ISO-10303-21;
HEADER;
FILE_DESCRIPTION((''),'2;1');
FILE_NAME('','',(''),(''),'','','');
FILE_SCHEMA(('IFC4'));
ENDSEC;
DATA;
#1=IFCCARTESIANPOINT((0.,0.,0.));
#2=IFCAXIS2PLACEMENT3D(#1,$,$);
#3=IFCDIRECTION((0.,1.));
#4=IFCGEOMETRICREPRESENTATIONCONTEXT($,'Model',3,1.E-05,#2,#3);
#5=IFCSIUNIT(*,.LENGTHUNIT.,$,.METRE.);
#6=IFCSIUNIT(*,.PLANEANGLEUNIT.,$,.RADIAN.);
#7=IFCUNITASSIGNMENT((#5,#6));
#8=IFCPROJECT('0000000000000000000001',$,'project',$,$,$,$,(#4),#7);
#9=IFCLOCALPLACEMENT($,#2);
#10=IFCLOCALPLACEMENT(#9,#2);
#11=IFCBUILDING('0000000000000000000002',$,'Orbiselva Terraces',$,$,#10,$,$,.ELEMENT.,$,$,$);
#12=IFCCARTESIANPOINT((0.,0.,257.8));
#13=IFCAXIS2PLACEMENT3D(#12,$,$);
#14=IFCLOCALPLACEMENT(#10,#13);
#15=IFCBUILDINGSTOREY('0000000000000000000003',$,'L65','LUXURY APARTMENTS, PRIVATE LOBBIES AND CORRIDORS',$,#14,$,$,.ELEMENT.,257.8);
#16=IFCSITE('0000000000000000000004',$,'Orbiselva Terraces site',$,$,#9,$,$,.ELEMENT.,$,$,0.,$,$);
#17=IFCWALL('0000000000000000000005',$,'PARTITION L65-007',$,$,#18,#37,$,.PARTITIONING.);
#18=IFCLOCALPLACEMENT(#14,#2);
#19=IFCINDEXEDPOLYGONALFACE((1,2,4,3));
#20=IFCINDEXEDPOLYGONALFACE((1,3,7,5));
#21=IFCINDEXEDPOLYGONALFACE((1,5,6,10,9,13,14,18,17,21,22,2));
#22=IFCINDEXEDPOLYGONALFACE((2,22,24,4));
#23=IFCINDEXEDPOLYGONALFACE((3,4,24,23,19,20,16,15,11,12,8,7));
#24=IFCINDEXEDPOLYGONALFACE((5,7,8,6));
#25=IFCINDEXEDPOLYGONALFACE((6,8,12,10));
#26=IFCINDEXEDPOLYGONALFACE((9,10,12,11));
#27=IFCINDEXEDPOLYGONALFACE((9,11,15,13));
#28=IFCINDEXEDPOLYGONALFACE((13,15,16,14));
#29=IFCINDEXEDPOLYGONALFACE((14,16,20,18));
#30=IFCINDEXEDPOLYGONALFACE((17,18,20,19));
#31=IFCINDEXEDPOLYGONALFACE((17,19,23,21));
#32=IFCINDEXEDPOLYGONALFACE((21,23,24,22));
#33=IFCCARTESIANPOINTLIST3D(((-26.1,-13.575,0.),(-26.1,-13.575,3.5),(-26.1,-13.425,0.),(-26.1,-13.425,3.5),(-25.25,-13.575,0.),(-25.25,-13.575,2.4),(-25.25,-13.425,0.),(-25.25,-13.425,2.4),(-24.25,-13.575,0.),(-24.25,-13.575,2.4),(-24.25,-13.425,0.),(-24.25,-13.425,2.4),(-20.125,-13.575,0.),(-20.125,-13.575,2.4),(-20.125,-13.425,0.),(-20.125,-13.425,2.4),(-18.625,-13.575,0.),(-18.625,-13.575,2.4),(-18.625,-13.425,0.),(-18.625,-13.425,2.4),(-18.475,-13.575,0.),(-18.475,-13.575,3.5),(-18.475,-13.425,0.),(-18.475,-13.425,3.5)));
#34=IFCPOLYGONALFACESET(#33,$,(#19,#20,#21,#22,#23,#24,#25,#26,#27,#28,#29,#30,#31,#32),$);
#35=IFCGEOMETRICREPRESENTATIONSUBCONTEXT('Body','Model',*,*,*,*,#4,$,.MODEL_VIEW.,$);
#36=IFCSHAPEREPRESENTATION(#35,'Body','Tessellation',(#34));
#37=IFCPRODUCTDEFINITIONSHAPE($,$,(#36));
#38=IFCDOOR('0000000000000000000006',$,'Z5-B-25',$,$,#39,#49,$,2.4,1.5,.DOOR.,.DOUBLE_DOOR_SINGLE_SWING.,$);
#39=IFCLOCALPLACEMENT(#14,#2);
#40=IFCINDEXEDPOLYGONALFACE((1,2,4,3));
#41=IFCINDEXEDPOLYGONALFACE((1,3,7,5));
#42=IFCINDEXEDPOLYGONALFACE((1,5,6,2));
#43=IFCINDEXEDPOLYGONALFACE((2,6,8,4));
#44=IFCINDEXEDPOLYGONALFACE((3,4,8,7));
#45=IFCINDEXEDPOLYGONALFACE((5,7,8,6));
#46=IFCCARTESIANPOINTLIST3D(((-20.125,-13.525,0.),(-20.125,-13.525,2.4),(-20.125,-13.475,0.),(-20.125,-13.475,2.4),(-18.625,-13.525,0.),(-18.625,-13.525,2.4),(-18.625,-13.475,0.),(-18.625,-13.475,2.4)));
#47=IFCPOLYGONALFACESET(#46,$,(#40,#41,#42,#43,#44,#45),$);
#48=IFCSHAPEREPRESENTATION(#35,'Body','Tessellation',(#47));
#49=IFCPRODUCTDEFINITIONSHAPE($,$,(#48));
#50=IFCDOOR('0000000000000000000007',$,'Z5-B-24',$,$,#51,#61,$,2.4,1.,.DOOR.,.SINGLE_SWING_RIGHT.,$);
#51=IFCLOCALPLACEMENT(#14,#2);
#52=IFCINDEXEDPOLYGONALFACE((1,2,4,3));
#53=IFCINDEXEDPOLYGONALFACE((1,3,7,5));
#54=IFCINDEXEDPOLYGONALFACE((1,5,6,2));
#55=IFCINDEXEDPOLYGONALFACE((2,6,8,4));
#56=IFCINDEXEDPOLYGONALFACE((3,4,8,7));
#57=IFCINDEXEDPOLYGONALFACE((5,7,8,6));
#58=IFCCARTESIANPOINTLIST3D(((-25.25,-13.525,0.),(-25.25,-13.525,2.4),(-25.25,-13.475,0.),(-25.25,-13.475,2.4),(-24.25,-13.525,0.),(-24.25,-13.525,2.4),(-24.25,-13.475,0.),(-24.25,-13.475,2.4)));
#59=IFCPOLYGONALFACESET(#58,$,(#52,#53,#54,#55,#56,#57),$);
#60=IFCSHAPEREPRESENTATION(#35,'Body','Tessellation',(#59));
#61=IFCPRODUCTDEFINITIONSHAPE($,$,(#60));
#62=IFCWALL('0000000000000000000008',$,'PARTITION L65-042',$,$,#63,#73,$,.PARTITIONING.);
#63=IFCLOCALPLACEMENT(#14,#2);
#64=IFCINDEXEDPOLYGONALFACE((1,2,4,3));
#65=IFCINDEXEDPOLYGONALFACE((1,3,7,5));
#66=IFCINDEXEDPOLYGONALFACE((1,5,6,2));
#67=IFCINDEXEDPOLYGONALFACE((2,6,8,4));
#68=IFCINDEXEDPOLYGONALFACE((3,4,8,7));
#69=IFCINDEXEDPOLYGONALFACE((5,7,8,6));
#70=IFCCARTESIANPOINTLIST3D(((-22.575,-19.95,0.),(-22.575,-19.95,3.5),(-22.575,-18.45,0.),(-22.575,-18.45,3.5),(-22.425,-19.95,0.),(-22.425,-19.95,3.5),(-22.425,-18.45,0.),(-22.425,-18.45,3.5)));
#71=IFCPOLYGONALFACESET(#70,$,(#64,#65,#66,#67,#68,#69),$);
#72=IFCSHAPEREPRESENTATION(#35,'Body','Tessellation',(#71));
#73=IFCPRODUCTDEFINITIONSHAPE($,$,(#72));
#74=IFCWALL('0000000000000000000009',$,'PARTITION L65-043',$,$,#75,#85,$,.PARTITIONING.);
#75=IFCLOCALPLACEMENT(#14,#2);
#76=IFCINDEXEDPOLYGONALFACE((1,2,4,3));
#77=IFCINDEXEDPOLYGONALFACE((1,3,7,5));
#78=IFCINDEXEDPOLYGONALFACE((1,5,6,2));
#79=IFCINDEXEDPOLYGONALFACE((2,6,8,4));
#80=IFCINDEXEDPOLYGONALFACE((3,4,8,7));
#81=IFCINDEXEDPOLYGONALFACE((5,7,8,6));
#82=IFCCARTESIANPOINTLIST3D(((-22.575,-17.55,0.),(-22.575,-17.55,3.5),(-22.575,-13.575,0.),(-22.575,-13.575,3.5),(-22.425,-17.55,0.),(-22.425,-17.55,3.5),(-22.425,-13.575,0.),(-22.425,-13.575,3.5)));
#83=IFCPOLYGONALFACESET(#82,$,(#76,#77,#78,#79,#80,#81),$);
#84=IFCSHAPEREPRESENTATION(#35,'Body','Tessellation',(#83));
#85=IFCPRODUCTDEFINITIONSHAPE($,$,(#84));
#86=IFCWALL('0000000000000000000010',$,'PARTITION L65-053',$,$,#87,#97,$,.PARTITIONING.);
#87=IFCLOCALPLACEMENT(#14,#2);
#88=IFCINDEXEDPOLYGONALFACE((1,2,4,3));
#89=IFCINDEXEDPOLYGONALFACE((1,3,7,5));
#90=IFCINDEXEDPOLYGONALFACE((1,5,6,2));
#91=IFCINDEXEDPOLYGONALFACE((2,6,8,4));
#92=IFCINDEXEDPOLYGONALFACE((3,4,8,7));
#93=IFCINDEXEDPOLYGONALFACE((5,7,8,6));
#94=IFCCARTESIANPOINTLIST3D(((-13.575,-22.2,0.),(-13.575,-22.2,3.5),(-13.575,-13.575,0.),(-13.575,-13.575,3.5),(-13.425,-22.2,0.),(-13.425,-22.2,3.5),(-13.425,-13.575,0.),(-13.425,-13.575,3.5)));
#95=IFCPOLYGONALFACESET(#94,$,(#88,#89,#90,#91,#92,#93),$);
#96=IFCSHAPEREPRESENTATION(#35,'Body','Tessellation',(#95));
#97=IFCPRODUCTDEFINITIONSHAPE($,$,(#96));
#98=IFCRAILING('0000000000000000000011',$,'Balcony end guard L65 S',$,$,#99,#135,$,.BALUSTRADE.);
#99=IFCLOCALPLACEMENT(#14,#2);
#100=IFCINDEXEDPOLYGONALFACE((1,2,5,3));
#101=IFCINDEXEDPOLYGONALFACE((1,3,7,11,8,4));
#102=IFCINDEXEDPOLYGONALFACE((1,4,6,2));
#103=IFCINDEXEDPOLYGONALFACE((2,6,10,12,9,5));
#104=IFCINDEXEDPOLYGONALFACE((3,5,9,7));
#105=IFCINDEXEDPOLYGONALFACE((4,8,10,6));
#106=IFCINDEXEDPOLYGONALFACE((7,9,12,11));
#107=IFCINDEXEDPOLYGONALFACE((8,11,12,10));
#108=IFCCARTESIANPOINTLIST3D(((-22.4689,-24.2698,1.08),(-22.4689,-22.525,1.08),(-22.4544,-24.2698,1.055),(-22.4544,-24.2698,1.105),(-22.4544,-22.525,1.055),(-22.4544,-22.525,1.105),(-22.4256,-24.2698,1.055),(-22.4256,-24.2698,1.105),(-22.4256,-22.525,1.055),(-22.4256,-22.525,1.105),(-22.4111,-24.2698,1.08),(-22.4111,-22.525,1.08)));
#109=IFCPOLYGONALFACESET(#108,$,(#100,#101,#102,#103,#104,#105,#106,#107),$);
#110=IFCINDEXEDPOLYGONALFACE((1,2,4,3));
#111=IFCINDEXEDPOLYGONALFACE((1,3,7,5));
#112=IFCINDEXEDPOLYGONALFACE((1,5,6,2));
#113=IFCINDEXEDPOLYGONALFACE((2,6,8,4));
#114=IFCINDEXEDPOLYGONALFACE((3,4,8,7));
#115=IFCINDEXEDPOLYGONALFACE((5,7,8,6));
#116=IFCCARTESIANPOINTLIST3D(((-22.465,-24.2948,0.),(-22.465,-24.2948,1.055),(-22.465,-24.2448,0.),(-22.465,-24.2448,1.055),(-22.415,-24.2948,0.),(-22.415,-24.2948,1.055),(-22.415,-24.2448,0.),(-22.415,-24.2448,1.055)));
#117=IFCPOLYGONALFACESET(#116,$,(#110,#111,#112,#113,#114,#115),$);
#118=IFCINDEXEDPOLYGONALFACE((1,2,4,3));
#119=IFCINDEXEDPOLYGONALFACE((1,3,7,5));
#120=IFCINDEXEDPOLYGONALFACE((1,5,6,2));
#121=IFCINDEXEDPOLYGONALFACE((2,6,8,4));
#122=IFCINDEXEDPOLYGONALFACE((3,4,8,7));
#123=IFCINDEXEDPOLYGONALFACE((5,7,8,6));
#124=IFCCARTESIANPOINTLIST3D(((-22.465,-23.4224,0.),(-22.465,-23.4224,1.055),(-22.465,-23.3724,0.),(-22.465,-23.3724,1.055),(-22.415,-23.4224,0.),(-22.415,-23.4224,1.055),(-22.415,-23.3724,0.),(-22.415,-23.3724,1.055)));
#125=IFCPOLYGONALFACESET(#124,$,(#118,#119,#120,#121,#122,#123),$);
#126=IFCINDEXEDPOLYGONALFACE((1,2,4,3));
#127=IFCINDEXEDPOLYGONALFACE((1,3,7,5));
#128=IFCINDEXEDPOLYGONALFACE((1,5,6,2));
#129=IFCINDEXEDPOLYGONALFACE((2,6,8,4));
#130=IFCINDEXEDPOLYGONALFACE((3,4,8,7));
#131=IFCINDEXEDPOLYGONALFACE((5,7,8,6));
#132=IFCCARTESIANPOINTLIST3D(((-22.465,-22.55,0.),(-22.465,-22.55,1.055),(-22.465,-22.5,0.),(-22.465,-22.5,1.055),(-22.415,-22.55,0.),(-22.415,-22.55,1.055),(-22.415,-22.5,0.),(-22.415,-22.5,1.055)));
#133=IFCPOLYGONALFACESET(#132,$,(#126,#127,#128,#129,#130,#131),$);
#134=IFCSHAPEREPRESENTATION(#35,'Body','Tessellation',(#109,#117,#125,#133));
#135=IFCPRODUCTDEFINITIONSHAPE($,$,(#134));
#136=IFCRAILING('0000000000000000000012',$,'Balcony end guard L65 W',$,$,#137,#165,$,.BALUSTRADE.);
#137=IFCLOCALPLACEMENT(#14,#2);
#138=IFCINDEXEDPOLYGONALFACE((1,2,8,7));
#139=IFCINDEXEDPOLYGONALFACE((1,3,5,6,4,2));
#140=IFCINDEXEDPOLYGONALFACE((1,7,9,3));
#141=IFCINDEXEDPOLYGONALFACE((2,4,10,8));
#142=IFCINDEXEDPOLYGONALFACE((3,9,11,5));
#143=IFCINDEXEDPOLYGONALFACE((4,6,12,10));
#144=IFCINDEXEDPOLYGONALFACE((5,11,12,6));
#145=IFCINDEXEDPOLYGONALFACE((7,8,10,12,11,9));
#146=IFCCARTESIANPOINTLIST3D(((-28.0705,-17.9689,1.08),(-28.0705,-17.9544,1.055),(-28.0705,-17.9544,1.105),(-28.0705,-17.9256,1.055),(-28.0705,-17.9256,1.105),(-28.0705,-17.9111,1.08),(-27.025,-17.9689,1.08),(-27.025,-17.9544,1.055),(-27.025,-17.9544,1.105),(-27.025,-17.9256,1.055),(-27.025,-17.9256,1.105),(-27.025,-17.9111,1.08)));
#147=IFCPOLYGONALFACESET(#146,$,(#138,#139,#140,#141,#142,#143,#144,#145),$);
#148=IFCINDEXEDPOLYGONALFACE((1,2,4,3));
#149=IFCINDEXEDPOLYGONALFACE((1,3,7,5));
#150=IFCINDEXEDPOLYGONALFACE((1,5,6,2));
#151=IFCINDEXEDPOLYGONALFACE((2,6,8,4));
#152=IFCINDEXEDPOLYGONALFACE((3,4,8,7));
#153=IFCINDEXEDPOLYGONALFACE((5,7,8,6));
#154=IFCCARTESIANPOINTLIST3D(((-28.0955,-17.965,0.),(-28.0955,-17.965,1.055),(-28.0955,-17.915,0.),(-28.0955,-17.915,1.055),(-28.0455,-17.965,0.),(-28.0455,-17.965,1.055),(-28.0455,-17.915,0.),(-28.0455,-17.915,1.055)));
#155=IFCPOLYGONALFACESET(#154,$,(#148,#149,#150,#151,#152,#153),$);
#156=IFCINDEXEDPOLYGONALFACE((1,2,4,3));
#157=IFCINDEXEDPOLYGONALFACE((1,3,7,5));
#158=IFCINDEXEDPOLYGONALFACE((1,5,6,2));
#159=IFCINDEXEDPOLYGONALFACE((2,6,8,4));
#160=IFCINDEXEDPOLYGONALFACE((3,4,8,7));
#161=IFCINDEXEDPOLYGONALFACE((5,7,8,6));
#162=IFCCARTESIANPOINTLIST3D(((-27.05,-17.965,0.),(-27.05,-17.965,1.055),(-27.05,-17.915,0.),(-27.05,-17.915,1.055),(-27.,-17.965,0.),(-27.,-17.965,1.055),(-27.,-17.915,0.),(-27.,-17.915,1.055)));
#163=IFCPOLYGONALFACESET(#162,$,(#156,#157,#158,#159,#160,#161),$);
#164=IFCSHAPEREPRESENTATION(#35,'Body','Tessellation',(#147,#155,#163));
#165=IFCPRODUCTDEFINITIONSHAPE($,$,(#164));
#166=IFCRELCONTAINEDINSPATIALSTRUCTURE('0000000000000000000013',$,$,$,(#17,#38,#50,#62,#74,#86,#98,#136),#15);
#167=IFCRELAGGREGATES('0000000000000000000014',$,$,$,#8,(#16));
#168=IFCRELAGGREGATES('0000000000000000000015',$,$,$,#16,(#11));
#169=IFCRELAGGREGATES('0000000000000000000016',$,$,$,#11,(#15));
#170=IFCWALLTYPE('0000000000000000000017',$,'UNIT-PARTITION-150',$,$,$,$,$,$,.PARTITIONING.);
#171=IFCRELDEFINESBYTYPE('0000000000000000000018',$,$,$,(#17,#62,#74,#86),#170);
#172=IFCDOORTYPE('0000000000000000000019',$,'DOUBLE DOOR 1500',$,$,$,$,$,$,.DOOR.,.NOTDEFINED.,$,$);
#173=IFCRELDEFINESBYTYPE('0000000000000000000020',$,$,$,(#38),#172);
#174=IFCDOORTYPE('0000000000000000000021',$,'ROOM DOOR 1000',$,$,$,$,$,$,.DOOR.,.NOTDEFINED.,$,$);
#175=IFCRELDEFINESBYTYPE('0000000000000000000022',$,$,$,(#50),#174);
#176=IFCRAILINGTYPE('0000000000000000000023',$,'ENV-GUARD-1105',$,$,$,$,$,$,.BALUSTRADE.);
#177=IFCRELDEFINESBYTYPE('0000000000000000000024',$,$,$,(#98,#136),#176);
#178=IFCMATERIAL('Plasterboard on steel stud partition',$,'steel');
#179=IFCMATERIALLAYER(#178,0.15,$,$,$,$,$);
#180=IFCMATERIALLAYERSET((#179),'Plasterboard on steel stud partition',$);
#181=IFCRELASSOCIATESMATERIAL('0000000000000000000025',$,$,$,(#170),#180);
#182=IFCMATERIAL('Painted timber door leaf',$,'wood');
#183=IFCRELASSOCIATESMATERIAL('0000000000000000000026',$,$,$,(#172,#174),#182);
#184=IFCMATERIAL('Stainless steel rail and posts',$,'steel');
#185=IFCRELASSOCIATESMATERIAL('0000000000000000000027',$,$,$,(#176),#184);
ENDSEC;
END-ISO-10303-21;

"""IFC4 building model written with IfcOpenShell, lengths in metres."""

from ifc_helpers import new_model, si_unit, direction, frame, frame_2d, origin, origin_2d, place, context, subcontext, project, spatial, polyline, rectangle, outline, extrude, material, layer, layer_set, type_object, element, fill, save


model = new_model("IFC4")

# Units and contexts
model_context = context("Model", 3, precision=1e-05, world=origin(), true_north=direction((0.0, 1.0)))
body_context = subcontext(model_context, "Body", "Model", "MODEL_VIEW")
ifc_project = project(units=[si_unit("LENGTHUNIT", "METRE"), si_unit("PLANEANGLEUNIT", "RADIAN")], contexts=[model_context])

# Site, building, storey
site_placement = place(None, origin())
site = spatial("IfcSite", under=ifc_project, at=site_placement, Name="Orbiselva Terraces site", CompositionType="ELEMENT", RefElevation=0.0)
building_placement = place(site_placement, origin())
building = spatial("IfcBuilding", under=site, at=building_placement, Name="Orbiselva Terraces", CompositionType="ELEMENT")
storey_placement = place(building_placement, frame((0.0, 0.0, 257.8)))
storey = spatial("IfcBuildingStorey", under=building, at=storey_placement, Name="L65", Description="LUXURY APARTMENTS, PRIVATE LOBBIES AND CORRIDORS", CompositionType="ELEMENT", Elevation=257.8)

# Wall, openings, doors
ifc_material_1 = material(Name="Plasterboard on steel stud partition", Category="steel")
ifc_layer_1 = layer(ifc_material_1, 0.15)
ifc_layer_set_1 = layer_set([ifc_layer_1], Name="Plasterboard on steel stud partition")
wall_type_1 = type_object("IfcWallType", Name="UNIT-PARTITION-150", PredefinedType="PARTITIONING", material=ifc_layer_set_1)
wall_1_placement = place(storey_placement, frame((-18.475, -13.5, 0.0), z_axis=(0.0, 0.0, 1.0), x_axis=(-1.0, 0.0, 0.0)))
wall_1 = element("IfcWall", 1, at=wall_1_placement, inside=storey, type_object=wall_type_1, Name="PARTITION L65-007", PredefinedType="PARTITIONING", context=body_context, shape_type="SweptSolid", body=[
    extrude(rectangle(XDim=7.625, YDim=0.15, at=frame_2d((3.8125, 0.0))), origin(), (0.0, 0.0, 1.0), 3.5),
])
opening_1_placement = place(wall_1_placement, frame((5.775, 0.0, 0.0)))
opening_1 = element("IfcOpeningElement", 2, at=opening_1_placement, cuts=wall_1, PredefinedType="OPENING", context=body_context, shape_type="SweptSolid", body=[
    extrude(rectangle(XDim=1.0, YDim=2.4, at=frame_2d((0.5, 1.2))), frame((0.0, 0.085, 0.0), z_axis=(0.0, -1.0, 0.0), x_axis=(1.0, 0.0, 0.0)), (0.0, 0.0, 1.0), 0.17),
])
opening_2_placement = place(wall_1_placement, frame((0.15, 0.0, 0.0)))
opening_2 = element("IfcOpeningElement", 3, at=opening_2_placement, cuts=wall_1, PredefinedType="OPENING", context=body_context, shape_type="SweptSolid", body=[
    extrude(rectangle(XDim=1.5, YDim=2.4, at=frame_2d((0.75, 1.2))), frame((0.0, 0.085, 0.0), z_axis=(0.0, -1.0, 0.0), x_axis=(1.0, 0.0, 0.0)), (0.0, 0.0, 1.0), 0.17),
])
ifc_material_2 = material(Name="Painted timber door leaf", Category="wood")
door_type_1 = type_object("IfcDoorType", Name="DOUBLE DOOR 1500", OperationType="NOTDEFINED", PredefinedType="DOOR", material=ifc_material_2)
door_1_placement = place(opening_2_placement, origin())
door_1 = element("IfcDoor", 4, at=door_1_placement, inside=storey, type_object=door_type_1, Name="Z5-B-25", OperationType="DOUBLE_DOOR_SINGLE_SWING", OverallHeight=2.4, OverallWidth=1.5, PredefinedType="DOOR", context=body_context, shape_type="SweptSolid", body=[
    extrude(rectangle(XDim=1.5, YDim=2.4, at=frame_2d((0.75, 1.2))), frame((0.0, 0.025, 0.0), z_axis=(0.0, -1.0, 0.0), x_axis=(1.0, 0.0, 0.0)), (0.0, 0.0, 1.0), 0.05),
])
fill(opening_2, door_1)
door_type_2 = type_object("IfcDoorType", Name="ROOM DOOR 1000", OperationType="NOTDEFINED", PredefinedType="DOOR", material=ifc_material_2)
door_2_placement = place(opening_1_placement, origin())
door_2 = element("IfcDoor", 5, at=door_2_placement, inside=storey, type_object=door_type_2, Name="Z5-B-24", OperationType="SINGLE_SWING_RIGHT", OverallHeight=2.4, OverallWidth=1.0, PredefinedType="DOOR", context=body_context, shape_type="SweptSolid", body=[
    extrude(rectangle(XDim=1.0, YDim=2.4, at=frame_2d((0.5, 1.2))), frame((0.0, 0.025, 0.0), z_axis=(0.0, -1.0, 0.0), x_axis=(1.0, 0.0, 0.0)), (0.0, 0.0, 1.0), 0.05),
])
fill(opening_1, door_2)

# Walls
wall_2_placement = place(storey_placement, frame((-22.5, -19.95, 0.0), z_axis=(0.0, 0.0, 1.0), x_axis=(0.0, 1.0, 0.0)))
element("IfcWall", 6, at=wall_2_placement, inside=storey, type_object=wall_type_1, Name="PARTITION L65-042", PredefinedType="PARTITIONING", context=body_context, shape_type="SweptSolid", body=[
    extrude(rectangle(XDim=1.5, YDim=0.15, at=frame_2d((0.75, 0.0))), origin(), (0.0, 0.0, 1.0), 3.5),
])
wall_3_placement = place(storey_placement, frame((-22.5, -17.55, 0.0), z_axis=(0.0, 0.0, 1.0), x_axis=(0.0, 1.0, 0.0)))
element("IfcWall", 7, at=wall_3_placement, inside=storey, type_object=wall_type_1, Name="PARTITION L65-043", PredefinedType="PARTITIONING", context=body_context, shape_type="SweptSolid", body=[
    extrude(rectangle(XDim=3.975, YDim=0.15, at=frame_2d((1.9875, 0.0))), origin(), (0.0, 0.0, 1.0), 3.5),
])
wall_4_placement = place(storey_placement, frame((-13.5, -22.2, 0.0), z_axis=(0.0, 0.0, 1.0), x_axis=(0.0, 1.0, 0.0)))
element("IfcWall", 8, at=wall_4_placement, inside=storey, type_object=wall_type_1, Name="PARTITION L65-053", PredefinedType="PARTITIONING", context=body_context, shape_type="SweptSolid", body=[
    extrude(rectangle(XDim=8.625, YDim=0.15, at=frame_2d((4.3125, 0.0))), origin(), (0.0, 0.0, 1.0), 3.5),
])

# Railings
ifc_material_3 = material(Name="Stainless steel rail and posts", Category="steel")
railing_type_1 = type_object("IfcRailingType", Name="ENV-GUARD-1105", PredefinedType="BALUSTRADE", material=ifc_material_3)
railing_1_placement = place(storey_placement, frame((-22.44, -24.2698, 0.0)))
element("IfcRailing", 9, at=railing_1_placement, inside=storey, type_object=railing_type_1, Name="Balcony end guard L65 S", PredefinedType="BALUSTRADE", context=body_context, shape_type="SweptSolid", body=[
    extrude(outline(polyline([(0.0289, 0.0), (0.0144, 0.025), (-0.0144, 0.025), (-0.0289, 0.0), (-0.0144, -0.025), (0.0144, -0.025), (0.0289, 0.0)])), frame((0.0, 0.0, 1.08), z_axis=(0.0, 1.0, 0.0), x_axis=(-1.0, 0.0, 0.0)), (0.0, 0.0, 1.0), 1.7448),
    extrude(rectangle(XDim=0.05, YDim=0.05, at=origin_2d()), origin(), (0.0, 0.0, 1.0), 1.055),
    extrude(rectangle(XDim=0.05, YDim=0.05, at=origin_2d()), frame((0.0, 0.8724, 0.0)), (0.0, 0.0, 1.0), 1.055),
    extrude(rectangle(XDim=0.05, YDim=0.05, at=origin_2d()), frame((0.0, 1.7448, 0.0)), (0.0, 0.0, 1.0), 1.055),
])
railing_2_placement = place(storey_placement, frame((-28.0705, -17.94, 0.0)))
element("IfcRailing", 10, at=railing_2_placement, inside=storey, type_object=railing_type_1, Name="Balcony end guard L65 W", PredefinedType="BALUSTRADE", context=body_context, shape_type="SweptSolid", body=[
    extrude(outline(polyline([(0.0289, 0.0), (0.0144, 0.025), (-0.0144, 0.025), (-0.0289, 0.0), (-0.0144, -0.025), (0.0144, -0.025), (0.0289, 0.0)])), frame((0.0, 0.0, 1.08), z_axis=(1.0, 0.0, 0.0), x_axis=(0.0, 1.0, 0.0)), (0.0, 0.0, 1.0), 1.0455),
    extrude(rectangle(XDim=0.05, YDim=0.05, at=origin_2d()), origin(), (0.0, 0.0, 1.0), 1.055),
    extrude(rectangle(XDim=0.05, YDim=0.05, at=origin_2d()), frame((1.0455, 0.0, 0.0)), (0.0, 0.0, 1.0), 1.055),
])

save(model, "model.ifc")
